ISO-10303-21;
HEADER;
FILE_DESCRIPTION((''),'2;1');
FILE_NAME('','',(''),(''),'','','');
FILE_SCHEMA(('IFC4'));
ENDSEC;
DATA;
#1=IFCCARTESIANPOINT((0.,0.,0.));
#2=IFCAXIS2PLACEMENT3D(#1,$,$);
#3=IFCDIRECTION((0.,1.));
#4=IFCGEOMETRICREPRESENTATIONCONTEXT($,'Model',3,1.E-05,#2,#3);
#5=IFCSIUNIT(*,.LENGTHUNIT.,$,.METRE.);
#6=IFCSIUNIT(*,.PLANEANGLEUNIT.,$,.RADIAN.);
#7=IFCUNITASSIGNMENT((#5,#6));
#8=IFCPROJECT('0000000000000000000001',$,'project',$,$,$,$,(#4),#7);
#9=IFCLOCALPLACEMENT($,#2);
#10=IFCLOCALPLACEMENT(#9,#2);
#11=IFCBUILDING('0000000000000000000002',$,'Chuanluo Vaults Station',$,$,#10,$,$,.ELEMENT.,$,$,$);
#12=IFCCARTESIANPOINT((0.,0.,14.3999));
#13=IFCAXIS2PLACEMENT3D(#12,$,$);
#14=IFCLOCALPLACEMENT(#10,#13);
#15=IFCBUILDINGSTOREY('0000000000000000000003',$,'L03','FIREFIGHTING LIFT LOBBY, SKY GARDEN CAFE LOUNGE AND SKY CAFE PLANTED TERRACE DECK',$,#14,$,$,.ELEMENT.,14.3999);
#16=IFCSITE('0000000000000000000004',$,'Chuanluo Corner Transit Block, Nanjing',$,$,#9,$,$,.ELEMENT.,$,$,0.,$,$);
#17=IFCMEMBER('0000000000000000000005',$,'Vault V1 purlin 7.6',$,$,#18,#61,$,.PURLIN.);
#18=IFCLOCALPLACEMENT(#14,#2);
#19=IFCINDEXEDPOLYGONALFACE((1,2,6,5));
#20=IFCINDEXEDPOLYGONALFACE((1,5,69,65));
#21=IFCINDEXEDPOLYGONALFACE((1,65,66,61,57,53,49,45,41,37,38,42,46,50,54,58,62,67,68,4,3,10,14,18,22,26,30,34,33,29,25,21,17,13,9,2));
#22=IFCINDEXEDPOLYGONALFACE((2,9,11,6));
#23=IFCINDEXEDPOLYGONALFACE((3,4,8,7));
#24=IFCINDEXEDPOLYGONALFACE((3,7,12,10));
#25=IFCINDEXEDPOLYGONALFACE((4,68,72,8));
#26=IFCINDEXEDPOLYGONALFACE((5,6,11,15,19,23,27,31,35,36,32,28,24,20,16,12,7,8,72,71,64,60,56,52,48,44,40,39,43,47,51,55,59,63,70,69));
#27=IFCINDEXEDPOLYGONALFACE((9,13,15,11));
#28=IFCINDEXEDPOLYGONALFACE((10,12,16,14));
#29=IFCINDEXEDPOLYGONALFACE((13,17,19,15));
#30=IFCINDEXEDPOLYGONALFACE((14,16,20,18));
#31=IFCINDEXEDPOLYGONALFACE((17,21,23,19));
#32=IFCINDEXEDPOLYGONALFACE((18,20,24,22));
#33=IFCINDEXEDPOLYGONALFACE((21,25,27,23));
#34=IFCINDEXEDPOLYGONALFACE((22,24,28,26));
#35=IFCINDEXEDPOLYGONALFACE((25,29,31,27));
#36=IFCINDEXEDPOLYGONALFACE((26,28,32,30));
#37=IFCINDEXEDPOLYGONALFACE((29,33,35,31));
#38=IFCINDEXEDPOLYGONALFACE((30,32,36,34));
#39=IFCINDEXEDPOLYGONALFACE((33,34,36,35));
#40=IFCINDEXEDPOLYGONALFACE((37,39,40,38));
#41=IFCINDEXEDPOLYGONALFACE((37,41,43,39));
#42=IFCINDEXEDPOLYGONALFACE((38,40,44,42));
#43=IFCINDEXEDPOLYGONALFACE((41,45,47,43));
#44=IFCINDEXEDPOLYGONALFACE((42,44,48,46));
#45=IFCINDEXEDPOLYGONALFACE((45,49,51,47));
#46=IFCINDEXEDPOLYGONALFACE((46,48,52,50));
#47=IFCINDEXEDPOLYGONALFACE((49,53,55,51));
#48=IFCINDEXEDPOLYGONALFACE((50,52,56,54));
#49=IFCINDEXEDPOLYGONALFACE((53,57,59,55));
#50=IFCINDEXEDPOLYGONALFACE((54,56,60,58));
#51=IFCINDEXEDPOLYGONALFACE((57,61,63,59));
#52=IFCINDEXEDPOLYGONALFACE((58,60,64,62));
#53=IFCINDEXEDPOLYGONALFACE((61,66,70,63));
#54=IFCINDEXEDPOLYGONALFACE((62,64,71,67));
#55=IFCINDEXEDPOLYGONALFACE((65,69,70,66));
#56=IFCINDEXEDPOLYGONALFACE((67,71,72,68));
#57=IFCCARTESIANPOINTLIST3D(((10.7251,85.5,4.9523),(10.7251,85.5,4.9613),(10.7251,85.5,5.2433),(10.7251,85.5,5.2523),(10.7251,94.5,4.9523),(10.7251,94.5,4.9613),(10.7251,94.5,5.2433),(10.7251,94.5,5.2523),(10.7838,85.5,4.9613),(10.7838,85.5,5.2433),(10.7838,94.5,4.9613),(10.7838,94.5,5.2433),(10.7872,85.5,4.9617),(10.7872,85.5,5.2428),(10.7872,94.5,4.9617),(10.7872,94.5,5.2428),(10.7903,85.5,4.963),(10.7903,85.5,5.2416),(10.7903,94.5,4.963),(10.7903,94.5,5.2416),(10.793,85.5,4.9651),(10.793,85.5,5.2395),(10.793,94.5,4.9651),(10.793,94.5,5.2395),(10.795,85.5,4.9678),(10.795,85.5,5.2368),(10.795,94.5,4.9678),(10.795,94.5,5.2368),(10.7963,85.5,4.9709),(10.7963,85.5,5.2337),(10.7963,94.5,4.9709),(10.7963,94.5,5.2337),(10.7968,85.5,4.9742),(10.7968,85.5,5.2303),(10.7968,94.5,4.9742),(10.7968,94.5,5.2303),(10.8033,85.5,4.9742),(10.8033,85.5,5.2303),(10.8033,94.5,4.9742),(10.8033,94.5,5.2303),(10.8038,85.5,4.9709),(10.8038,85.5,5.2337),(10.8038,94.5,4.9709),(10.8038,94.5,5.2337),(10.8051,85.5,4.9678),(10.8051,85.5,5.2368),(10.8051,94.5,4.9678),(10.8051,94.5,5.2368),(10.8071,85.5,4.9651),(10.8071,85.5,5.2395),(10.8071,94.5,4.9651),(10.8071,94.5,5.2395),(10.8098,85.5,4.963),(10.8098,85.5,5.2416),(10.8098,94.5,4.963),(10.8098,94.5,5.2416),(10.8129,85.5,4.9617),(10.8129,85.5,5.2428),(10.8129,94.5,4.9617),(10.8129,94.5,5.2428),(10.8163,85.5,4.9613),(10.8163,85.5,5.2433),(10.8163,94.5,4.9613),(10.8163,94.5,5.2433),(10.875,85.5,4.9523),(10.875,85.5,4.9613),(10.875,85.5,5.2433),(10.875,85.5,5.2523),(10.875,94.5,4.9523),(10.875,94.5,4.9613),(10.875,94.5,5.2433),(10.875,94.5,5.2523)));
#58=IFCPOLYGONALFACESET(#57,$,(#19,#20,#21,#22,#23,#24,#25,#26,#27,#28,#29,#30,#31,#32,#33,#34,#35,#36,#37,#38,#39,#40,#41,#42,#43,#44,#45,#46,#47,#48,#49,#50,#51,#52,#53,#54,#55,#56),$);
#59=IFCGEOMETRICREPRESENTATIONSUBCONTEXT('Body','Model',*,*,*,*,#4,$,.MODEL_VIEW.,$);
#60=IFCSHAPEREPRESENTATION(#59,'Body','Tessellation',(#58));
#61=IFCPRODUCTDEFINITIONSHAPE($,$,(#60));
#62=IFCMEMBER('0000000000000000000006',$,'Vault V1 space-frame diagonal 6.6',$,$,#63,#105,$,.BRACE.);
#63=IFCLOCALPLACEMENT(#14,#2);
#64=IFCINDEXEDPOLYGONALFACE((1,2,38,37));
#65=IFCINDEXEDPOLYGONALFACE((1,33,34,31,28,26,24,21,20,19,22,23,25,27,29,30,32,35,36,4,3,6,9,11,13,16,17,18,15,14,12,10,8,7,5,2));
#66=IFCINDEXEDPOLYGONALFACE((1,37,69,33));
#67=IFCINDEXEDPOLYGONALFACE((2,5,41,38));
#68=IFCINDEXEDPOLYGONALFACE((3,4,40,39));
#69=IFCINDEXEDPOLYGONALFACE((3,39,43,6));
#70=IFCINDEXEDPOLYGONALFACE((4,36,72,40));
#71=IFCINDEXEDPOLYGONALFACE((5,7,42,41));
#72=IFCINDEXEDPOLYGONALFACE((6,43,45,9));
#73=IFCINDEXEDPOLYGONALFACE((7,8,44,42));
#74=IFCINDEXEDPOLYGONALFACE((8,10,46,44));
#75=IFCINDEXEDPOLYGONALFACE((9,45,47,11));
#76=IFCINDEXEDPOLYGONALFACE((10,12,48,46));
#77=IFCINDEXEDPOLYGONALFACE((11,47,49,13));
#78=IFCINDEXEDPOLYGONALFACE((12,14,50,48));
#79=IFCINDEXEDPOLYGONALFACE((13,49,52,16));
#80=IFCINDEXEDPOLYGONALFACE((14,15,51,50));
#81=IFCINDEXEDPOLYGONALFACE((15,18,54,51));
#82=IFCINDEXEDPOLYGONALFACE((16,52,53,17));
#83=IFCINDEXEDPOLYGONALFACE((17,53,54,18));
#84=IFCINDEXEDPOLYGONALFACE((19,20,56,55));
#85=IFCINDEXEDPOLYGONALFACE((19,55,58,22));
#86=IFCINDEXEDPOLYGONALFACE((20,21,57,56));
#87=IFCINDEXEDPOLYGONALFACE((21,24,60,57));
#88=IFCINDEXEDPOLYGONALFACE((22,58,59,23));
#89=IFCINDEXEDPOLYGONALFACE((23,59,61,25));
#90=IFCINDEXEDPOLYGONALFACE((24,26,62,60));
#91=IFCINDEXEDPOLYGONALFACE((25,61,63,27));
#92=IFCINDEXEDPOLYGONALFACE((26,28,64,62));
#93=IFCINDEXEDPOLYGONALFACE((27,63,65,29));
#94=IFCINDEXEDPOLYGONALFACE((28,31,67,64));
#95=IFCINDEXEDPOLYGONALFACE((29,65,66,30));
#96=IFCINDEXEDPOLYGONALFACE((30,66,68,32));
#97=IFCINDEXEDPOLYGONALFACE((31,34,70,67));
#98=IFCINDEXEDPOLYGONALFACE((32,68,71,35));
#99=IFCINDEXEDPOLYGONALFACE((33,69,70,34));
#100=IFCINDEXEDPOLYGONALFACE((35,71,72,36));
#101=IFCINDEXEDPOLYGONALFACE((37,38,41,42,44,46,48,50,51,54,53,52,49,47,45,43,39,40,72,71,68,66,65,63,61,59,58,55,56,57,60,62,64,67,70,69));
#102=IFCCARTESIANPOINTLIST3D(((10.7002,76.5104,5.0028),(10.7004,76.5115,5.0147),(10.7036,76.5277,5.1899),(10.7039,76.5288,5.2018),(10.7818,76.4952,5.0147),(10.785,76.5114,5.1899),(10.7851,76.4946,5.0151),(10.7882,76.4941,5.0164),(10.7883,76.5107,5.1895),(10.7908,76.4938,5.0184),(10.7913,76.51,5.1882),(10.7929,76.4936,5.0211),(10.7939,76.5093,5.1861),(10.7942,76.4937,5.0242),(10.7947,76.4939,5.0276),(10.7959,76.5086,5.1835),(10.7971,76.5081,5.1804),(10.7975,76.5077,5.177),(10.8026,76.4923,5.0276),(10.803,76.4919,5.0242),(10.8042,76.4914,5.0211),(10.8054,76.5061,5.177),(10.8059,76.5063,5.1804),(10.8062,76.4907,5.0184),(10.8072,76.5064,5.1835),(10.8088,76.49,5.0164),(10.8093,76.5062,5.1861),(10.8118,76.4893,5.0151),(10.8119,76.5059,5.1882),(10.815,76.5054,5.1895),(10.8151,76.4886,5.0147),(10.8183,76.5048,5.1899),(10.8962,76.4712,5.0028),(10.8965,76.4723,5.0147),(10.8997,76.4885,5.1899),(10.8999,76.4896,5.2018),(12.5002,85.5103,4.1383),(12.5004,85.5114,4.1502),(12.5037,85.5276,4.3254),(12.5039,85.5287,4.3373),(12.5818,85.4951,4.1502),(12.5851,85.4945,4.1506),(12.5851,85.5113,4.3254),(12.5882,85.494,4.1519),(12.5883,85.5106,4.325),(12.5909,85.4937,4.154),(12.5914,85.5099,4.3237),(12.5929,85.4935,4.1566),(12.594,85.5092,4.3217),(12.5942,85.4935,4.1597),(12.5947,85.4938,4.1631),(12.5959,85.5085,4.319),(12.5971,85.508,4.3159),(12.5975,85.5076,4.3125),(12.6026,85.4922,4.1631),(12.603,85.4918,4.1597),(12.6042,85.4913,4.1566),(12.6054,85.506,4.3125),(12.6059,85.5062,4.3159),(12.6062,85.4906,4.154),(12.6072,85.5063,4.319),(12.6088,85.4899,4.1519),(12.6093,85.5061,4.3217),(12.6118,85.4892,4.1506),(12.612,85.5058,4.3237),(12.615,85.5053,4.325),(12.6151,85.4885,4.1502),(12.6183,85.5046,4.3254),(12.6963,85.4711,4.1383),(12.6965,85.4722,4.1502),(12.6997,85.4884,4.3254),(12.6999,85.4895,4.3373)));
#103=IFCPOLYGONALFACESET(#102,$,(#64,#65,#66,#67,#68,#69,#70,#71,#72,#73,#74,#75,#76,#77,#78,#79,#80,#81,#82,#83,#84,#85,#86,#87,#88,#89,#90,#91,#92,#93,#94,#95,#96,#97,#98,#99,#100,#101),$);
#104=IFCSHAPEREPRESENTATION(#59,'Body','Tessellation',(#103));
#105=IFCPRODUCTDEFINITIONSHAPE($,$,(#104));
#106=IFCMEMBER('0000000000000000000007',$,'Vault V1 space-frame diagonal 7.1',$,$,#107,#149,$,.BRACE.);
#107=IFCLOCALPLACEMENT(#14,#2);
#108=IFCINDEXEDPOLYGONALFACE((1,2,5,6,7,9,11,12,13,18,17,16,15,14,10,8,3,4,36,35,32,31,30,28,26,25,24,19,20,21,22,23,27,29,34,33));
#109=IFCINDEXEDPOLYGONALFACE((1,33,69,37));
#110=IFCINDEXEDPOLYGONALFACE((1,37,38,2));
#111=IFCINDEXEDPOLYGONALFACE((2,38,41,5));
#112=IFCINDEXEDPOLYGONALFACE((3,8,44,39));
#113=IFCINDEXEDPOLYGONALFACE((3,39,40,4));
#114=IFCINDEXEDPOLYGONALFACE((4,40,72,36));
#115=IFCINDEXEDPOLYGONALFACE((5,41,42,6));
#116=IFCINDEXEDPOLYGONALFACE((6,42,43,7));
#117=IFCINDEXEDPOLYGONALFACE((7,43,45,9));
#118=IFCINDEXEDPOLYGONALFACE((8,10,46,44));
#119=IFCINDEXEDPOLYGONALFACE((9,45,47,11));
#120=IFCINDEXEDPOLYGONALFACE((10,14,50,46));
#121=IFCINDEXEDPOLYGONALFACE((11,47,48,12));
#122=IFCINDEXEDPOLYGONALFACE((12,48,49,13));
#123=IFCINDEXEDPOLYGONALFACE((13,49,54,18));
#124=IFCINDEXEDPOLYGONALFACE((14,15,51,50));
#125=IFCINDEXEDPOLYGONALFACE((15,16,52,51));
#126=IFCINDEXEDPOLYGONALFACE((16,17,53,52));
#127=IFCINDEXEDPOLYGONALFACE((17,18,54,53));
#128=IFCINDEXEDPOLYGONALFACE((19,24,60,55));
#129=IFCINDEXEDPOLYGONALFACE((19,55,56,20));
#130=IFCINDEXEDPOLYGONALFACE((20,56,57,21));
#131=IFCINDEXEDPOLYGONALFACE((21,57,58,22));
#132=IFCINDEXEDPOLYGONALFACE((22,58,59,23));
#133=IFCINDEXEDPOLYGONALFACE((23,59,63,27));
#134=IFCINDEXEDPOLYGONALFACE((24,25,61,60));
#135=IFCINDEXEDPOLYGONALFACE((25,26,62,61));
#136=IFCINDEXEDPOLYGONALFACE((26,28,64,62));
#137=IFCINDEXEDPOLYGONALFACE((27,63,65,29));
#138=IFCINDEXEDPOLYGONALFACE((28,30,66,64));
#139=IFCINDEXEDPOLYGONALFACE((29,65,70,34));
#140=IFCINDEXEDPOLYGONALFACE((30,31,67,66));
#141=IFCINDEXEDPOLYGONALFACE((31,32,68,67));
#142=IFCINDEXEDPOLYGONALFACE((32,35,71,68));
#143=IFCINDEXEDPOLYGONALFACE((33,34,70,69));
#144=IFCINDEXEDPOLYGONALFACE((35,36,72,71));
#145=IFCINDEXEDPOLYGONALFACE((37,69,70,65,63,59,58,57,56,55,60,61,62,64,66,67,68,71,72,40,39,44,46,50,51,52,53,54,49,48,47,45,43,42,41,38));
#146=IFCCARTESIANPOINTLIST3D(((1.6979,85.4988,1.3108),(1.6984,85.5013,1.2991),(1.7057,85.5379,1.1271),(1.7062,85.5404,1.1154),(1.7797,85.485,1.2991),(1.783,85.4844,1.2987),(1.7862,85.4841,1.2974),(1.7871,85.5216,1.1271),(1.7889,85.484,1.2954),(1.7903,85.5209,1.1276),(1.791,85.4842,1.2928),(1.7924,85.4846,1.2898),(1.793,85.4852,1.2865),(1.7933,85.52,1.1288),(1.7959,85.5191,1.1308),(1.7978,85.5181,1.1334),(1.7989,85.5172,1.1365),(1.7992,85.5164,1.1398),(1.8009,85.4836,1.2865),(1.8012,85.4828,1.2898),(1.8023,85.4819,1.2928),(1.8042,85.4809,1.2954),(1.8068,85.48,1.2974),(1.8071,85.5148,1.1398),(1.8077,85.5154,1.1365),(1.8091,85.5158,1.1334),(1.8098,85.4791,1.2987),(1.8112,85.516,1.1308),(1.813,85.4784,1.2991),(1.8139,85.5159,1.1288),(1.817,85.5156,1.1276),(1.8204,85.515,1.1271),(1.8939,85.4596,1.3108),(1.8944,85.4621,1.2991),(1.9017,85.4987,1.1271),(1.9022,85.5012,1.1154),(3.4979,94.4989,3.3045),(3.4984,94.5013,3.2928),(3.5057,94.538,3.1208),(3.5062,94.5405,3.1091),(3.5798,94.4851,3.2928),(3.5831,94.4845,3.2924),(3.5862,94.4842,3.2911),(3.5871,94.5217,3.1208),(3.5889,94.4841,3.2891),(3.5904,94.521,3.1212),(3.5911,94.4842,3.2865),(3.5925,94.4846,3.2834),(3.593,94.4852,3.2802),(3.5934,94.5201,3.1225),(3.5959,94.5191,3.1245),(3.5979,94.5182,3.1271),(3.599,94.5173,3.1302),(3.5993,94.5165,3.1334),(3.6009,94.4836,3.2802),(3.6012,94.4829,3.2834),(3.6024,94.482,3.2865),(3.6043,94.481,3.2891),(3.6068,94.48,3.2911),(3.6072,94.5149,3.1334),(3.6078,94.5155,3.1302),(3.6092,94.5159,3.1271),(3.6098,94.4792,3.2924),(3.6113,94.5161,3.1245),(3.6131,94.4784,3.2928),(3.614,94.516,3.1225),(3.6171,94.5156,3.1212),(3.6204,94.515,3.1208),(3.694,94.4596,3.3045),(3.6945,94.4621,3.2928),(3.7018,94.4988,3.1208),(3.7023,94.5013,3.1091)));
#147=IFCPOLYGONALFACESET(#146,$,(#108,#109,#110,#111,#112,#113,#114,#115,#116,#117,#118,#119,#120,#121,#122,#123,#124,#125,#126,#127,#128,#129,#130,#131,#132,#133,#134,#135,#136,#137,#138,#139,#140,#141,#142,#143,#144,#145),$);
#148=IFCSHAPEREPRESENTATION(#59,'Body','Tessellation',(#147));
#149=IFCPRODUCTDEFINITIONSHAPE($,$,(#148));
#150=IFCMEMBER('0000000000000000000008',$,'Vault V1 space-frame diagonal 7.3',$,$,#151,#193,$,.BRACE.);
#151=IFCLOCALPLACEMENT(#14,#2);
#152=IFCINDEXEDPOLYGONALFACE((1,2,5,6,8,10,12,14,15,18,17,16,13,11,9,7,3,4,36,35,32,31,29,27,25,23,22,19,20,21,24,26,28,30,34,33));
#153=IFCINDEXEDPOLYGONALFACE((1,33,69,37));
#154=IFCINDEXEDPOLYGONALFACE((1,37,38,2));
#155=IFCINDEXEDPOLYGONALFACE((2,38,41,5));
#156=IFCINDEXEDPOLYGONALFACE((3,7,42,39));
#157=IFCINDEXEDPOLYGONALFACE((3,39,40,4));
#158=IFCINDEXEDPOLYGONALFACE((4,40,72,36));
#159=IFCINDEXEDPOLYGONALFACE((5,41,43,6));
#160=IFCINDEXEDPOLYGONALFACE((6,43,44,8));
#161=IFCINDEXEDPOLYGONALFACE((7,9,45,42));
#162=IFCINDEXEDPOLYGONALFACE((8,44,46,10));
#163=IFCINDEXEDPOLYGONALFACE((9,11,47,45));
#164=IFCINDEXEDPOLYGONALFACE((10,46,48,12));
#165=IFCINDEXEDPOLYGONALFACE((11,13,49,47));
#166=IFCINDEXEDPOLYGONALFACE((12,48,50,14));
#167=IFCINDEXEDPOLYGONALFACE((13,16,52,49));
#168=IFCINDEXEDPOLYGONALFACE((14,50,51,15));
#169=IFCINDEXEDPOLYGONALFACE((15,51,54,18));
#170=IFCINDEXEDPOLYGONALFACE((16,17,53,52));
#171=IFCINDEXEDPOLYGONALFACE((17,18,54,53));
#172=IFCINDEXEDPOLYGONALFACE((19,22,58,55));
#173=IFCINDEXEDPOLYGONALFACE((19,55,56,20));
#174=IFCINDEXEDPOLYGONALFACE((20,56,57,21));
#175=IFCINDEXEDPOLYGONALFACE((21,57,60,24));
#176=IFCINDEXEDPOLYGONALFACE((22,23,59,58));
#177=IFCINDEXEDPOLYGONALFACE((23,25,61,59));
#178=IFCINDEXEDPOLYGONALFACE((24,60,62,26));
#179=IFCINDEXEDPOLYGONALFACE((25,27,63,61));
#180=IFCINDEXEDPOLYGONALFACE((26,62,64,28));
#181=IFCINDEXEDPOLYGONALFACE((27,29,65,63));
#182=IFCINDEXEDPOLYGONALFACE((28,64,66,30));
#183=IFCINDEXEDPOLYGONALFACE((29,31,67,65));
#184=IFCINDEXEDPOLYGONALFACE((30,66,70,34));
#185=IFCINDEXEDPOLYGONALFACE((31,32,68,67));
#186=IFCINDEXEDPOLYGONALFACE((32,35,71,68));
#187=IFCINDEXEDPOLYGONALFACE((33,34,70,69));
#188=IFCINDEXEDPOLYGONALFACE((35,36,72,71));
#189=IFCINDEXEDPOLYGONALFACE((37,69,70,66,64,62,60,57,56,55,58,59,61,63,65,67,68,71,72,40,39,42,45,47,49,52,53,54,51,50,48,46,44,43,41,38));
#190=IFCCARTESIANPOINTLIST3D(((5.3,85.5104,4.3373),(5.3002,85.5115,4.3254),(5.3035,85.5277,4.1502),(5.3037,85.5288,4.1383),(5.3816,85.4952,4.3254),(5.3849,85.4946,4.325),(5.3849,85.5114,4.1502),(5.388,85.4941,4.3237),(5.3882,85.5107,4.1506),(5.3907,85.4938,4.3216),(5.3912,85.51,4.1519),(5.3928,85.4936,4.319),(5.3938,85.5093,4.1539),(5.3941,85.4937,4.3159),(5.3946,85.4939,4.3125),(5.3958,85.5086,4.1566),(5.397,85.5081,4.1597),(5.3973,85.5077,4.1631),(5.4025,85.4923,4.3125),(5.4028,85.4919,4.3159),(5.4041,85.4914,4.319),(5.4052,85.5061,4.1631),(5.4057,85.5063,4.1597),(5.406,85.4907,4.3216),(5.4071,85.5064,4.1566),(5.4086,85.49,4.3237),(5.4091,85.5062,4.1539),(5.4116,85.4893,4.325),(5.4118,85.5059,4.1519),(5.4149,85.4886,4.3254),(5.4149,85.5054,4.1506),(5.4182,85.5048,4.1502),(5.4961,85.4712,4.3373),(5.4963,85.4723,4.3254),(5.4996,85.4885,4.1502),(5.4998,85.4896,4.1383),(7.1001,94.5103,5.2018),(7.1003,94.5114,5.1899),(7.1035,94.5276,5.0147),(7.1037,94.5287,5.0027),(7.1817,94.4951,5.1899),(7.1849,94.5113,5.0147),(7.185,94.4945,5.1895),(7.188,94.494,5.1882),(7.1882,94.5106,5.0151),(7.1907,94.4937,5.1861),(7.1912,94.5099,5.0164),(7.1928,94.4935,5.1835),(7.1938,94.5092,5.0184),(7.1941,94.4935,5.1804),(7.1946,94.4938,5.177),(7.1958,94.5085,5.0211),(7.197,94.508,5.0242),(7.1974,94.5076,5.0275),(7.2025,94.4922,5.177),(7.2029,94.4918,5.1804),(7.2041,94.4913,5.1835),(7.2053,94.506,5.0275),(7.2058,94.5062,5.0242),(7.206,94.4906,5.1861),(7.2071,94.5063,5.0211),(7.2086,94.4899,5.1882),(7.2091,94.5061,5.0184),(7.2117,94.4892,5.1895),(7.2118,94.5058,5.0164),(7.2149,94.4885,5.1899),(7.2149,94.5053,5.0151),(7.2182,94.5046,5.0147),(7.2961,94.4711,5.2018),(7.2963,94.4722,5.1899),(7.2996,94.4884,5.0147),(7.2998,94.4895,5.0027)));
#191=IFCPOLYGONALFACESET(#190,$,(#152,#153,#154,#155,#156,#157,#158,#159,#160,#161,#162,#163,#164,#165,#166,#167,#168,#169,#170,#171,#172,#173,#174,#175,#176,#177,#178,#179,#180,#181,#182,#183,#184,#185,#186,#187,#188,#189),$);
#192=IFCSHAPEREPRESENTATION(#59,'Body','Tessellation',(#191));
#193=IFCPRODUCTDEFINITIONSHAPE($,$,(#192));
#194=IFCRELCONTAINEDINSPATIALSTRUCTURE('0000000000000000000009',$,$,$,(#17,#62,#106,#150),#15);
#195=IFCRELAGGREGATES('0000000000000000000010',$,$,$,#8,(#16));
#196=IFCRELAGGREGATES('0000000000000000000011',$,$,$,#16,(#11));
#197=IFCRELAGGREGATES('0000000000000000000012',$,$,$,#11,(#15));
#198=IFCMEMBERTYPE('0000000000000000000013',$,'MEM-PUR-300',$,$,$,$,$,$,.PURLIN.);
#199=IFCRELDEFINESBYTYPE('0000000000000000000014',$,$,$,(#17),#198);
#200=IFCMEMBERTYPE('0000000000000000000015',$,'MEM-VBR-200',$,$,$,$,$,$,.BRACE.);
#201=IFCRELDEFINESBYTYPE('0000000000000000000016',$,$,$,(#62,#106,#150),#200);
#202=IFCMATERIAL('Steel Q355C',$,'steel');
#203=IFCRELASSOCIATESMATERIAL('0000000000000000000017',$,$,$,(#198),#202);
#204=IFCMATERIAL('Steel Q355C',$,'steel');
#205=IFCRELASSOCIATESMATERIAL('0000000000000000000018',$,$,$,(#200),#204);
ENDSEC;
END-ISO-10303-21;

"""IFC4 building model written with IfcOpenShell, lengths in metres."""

from ifc_helpers import new_model, si_unit, direction, frame, origin, origin_2d, place, context, subcontext, project, spatial, i_section, extrude, material, material_profile, profile_set, type_object, element, save


model = new_model("IFC4")

# Units and contexts
model_context = context("Model", 3, precision=1e-05, world=origin(), true_north=direction((0.0, 1.0)))
body_context = subcontext(model_context, "Body", "Model", "MODEL_VIEW")
ifc_project = project(units=[si_unit("LENGTHUNIT", "METRE"), si_unit("PLANEANGLEUNIT", "RADIAN")], contexts=[model_context])

# Site, building, storey
site_placement = place(None, origin())
site = spatial("IfcSite", under=ifc_project, at=site_placement, Name="Chuanluo Corner Transit Block, Nanjing", CompositionType="ELEMENT", RefElevation=0.0)
building_placement = place(site_placement, origin())
building = spatial("IfcBuilding", under=site, at=building_placement, Name="Chuanluo Vaults Station", CompositionType="ELEMENT")
storey_placement = place(building_placement, frame((0.0, 0.0, 14.3999)))
storey = spatial("IfcBuildingStorey", under=building, at=storey_placement, Name="L03", Description="FIREFIGHTING LIFT LOBBY, SKY GARDEN CAFE LOUNGE AND SKY CAFE PLANTED TERRACE DECK", CompositionType="ELEMENT", Elevation=14.3999)

# Members
ifc_material_1 = material(Name="Steel Q355C", Category="steel")
ifc_material_profile_1 = material_profile(ifc_material_1, i_section(OverallWidth=0.1499, OverallDepth=0.3, WebThickness=0.0066, FlangeThickness=0.009, FilletRadius=0.0129, at=origin_2d()))
ifc_profile_set_1 = profile_set([ifc_material_profile_1], Name="Steel Q355C")
member_type_1 = type_object("IfcMemberType", Name="MEM-PUR-300", PredefinedType="PURLIN", material=ifc_profile_set_1)
for number, where, z_axis, x_axis, name in (
    (1, (10.8, 85.5, 5.1023), (0.0, 1.0, 0.0), (-1.0, 0.0, 0.0), "Vault V1 purlin 7.6"),
):
    element("IfcMember", number, at=place(storey_placement, frame(where, z_axis=z_axis, x_axis=x_axis)), inside=storey, type_object=member_type_1, Name=name, PredefinedType="PURLIN", context=body_context, shape_type="SweptSolid", body=[
        extrude(i_section(OverallWidth=0.1499, OverallDepth=0.3, WebThickness=0.0066, FlangeThickness=0.009, FilletRadius=0.0129, at=origin_2d()), origin(), (0.0, 0.0, 1.0), 9.0),
    ])
ifc_material_2 = material(Name="Steel Q355C", Category="steel")
ifc_material_profile_2 = material_profile(ifc_material_2, i_section(OverallWidth=0.2, OverallDepth=0.2, WebThickness=0.0081, FlangeThickness=0.012, FilletRadius=0.0129, at=origin_2d()))
ifc_profile_set_2 = profile_set([ifc_material_profile_2], Name="Steel Q355C")
member_type_2 = type_object("IfcMemberType", Name="MEM-VBR-200", PredefinedType="BRACE", material=ifc_profile_set_2)
member_1_placement = place(storey_placement, frame((10.8, 76.5, 5.1023), z_axis=(0.195257, 0.976259, -0.093775), x_axis=(-0.98058, 0.196121, 0.0)))
element("IfcMember", 2, at=member_1_placement, inside=storey, type_object=member_type_2, Name="Vault V1 space-frame diagonal 6.6", PredefinedType="BRACE", context=body_context, shape_type="SweptSolid", body=[
    extrude(i_section(OverallWidth=0.2, OverallDepth=0.2, WebThickness=0.0081, FlangeThickness=0.012, FilletRadius=0.0129, at=origin_2d()), origin(), (0.0, 0.0, 1.0), 9.2188),
])
member_2_placement = place(storey_placement, frame((1.8, 85.5, 1.2131), z_axis=(0.191652, 0.958234, 0.212265), x_axis=(-0.98058, 0.196121, 0.0)))
element("IfcMember", 3, at=member_2_placement, inside=storey, type_object=member_type_2, Name="Vault V1 space-frame diagonal 7.1", PredefinedType="BRACE", context=body_context, shape_type="SweptSolid", body=[
    extrude(i_section(OverallWidth=0.2, OverallDepth=0.2, WebThickness=0.0081, FlangeThickness=0.012, FilletRadius=0.0129, at=origin_2d()), origin(), (0.0, 0.0, 1.0), 9.3923),
])
member_3_placement = place(storey_placement, frame((5.3999, 85.5, 4.2378), z_axis=(0.195257, 0.976259, 0.093775), x_axis=(-0.98058, 0.196121, 0.0)))
element("IfcMember", 4, at=member_3_placement, inside=storey, type_object=member_type_2, Name="Vault V1 space-frame diagonal 7.3", PredefinedType="BRACE", context=body_context, shape_type="SweptSolid", body=[
    extrude(i_section(OverallWidth=0.2, OverallDepth=0.2, WebThickness=0.0081, FlangeThickness=0.012, FilletRadius=0.0129, at=origin_2d()), origin(), (0.0, 0.0, 1.0), 9.2188),
])

save(model, "model.ifc")
